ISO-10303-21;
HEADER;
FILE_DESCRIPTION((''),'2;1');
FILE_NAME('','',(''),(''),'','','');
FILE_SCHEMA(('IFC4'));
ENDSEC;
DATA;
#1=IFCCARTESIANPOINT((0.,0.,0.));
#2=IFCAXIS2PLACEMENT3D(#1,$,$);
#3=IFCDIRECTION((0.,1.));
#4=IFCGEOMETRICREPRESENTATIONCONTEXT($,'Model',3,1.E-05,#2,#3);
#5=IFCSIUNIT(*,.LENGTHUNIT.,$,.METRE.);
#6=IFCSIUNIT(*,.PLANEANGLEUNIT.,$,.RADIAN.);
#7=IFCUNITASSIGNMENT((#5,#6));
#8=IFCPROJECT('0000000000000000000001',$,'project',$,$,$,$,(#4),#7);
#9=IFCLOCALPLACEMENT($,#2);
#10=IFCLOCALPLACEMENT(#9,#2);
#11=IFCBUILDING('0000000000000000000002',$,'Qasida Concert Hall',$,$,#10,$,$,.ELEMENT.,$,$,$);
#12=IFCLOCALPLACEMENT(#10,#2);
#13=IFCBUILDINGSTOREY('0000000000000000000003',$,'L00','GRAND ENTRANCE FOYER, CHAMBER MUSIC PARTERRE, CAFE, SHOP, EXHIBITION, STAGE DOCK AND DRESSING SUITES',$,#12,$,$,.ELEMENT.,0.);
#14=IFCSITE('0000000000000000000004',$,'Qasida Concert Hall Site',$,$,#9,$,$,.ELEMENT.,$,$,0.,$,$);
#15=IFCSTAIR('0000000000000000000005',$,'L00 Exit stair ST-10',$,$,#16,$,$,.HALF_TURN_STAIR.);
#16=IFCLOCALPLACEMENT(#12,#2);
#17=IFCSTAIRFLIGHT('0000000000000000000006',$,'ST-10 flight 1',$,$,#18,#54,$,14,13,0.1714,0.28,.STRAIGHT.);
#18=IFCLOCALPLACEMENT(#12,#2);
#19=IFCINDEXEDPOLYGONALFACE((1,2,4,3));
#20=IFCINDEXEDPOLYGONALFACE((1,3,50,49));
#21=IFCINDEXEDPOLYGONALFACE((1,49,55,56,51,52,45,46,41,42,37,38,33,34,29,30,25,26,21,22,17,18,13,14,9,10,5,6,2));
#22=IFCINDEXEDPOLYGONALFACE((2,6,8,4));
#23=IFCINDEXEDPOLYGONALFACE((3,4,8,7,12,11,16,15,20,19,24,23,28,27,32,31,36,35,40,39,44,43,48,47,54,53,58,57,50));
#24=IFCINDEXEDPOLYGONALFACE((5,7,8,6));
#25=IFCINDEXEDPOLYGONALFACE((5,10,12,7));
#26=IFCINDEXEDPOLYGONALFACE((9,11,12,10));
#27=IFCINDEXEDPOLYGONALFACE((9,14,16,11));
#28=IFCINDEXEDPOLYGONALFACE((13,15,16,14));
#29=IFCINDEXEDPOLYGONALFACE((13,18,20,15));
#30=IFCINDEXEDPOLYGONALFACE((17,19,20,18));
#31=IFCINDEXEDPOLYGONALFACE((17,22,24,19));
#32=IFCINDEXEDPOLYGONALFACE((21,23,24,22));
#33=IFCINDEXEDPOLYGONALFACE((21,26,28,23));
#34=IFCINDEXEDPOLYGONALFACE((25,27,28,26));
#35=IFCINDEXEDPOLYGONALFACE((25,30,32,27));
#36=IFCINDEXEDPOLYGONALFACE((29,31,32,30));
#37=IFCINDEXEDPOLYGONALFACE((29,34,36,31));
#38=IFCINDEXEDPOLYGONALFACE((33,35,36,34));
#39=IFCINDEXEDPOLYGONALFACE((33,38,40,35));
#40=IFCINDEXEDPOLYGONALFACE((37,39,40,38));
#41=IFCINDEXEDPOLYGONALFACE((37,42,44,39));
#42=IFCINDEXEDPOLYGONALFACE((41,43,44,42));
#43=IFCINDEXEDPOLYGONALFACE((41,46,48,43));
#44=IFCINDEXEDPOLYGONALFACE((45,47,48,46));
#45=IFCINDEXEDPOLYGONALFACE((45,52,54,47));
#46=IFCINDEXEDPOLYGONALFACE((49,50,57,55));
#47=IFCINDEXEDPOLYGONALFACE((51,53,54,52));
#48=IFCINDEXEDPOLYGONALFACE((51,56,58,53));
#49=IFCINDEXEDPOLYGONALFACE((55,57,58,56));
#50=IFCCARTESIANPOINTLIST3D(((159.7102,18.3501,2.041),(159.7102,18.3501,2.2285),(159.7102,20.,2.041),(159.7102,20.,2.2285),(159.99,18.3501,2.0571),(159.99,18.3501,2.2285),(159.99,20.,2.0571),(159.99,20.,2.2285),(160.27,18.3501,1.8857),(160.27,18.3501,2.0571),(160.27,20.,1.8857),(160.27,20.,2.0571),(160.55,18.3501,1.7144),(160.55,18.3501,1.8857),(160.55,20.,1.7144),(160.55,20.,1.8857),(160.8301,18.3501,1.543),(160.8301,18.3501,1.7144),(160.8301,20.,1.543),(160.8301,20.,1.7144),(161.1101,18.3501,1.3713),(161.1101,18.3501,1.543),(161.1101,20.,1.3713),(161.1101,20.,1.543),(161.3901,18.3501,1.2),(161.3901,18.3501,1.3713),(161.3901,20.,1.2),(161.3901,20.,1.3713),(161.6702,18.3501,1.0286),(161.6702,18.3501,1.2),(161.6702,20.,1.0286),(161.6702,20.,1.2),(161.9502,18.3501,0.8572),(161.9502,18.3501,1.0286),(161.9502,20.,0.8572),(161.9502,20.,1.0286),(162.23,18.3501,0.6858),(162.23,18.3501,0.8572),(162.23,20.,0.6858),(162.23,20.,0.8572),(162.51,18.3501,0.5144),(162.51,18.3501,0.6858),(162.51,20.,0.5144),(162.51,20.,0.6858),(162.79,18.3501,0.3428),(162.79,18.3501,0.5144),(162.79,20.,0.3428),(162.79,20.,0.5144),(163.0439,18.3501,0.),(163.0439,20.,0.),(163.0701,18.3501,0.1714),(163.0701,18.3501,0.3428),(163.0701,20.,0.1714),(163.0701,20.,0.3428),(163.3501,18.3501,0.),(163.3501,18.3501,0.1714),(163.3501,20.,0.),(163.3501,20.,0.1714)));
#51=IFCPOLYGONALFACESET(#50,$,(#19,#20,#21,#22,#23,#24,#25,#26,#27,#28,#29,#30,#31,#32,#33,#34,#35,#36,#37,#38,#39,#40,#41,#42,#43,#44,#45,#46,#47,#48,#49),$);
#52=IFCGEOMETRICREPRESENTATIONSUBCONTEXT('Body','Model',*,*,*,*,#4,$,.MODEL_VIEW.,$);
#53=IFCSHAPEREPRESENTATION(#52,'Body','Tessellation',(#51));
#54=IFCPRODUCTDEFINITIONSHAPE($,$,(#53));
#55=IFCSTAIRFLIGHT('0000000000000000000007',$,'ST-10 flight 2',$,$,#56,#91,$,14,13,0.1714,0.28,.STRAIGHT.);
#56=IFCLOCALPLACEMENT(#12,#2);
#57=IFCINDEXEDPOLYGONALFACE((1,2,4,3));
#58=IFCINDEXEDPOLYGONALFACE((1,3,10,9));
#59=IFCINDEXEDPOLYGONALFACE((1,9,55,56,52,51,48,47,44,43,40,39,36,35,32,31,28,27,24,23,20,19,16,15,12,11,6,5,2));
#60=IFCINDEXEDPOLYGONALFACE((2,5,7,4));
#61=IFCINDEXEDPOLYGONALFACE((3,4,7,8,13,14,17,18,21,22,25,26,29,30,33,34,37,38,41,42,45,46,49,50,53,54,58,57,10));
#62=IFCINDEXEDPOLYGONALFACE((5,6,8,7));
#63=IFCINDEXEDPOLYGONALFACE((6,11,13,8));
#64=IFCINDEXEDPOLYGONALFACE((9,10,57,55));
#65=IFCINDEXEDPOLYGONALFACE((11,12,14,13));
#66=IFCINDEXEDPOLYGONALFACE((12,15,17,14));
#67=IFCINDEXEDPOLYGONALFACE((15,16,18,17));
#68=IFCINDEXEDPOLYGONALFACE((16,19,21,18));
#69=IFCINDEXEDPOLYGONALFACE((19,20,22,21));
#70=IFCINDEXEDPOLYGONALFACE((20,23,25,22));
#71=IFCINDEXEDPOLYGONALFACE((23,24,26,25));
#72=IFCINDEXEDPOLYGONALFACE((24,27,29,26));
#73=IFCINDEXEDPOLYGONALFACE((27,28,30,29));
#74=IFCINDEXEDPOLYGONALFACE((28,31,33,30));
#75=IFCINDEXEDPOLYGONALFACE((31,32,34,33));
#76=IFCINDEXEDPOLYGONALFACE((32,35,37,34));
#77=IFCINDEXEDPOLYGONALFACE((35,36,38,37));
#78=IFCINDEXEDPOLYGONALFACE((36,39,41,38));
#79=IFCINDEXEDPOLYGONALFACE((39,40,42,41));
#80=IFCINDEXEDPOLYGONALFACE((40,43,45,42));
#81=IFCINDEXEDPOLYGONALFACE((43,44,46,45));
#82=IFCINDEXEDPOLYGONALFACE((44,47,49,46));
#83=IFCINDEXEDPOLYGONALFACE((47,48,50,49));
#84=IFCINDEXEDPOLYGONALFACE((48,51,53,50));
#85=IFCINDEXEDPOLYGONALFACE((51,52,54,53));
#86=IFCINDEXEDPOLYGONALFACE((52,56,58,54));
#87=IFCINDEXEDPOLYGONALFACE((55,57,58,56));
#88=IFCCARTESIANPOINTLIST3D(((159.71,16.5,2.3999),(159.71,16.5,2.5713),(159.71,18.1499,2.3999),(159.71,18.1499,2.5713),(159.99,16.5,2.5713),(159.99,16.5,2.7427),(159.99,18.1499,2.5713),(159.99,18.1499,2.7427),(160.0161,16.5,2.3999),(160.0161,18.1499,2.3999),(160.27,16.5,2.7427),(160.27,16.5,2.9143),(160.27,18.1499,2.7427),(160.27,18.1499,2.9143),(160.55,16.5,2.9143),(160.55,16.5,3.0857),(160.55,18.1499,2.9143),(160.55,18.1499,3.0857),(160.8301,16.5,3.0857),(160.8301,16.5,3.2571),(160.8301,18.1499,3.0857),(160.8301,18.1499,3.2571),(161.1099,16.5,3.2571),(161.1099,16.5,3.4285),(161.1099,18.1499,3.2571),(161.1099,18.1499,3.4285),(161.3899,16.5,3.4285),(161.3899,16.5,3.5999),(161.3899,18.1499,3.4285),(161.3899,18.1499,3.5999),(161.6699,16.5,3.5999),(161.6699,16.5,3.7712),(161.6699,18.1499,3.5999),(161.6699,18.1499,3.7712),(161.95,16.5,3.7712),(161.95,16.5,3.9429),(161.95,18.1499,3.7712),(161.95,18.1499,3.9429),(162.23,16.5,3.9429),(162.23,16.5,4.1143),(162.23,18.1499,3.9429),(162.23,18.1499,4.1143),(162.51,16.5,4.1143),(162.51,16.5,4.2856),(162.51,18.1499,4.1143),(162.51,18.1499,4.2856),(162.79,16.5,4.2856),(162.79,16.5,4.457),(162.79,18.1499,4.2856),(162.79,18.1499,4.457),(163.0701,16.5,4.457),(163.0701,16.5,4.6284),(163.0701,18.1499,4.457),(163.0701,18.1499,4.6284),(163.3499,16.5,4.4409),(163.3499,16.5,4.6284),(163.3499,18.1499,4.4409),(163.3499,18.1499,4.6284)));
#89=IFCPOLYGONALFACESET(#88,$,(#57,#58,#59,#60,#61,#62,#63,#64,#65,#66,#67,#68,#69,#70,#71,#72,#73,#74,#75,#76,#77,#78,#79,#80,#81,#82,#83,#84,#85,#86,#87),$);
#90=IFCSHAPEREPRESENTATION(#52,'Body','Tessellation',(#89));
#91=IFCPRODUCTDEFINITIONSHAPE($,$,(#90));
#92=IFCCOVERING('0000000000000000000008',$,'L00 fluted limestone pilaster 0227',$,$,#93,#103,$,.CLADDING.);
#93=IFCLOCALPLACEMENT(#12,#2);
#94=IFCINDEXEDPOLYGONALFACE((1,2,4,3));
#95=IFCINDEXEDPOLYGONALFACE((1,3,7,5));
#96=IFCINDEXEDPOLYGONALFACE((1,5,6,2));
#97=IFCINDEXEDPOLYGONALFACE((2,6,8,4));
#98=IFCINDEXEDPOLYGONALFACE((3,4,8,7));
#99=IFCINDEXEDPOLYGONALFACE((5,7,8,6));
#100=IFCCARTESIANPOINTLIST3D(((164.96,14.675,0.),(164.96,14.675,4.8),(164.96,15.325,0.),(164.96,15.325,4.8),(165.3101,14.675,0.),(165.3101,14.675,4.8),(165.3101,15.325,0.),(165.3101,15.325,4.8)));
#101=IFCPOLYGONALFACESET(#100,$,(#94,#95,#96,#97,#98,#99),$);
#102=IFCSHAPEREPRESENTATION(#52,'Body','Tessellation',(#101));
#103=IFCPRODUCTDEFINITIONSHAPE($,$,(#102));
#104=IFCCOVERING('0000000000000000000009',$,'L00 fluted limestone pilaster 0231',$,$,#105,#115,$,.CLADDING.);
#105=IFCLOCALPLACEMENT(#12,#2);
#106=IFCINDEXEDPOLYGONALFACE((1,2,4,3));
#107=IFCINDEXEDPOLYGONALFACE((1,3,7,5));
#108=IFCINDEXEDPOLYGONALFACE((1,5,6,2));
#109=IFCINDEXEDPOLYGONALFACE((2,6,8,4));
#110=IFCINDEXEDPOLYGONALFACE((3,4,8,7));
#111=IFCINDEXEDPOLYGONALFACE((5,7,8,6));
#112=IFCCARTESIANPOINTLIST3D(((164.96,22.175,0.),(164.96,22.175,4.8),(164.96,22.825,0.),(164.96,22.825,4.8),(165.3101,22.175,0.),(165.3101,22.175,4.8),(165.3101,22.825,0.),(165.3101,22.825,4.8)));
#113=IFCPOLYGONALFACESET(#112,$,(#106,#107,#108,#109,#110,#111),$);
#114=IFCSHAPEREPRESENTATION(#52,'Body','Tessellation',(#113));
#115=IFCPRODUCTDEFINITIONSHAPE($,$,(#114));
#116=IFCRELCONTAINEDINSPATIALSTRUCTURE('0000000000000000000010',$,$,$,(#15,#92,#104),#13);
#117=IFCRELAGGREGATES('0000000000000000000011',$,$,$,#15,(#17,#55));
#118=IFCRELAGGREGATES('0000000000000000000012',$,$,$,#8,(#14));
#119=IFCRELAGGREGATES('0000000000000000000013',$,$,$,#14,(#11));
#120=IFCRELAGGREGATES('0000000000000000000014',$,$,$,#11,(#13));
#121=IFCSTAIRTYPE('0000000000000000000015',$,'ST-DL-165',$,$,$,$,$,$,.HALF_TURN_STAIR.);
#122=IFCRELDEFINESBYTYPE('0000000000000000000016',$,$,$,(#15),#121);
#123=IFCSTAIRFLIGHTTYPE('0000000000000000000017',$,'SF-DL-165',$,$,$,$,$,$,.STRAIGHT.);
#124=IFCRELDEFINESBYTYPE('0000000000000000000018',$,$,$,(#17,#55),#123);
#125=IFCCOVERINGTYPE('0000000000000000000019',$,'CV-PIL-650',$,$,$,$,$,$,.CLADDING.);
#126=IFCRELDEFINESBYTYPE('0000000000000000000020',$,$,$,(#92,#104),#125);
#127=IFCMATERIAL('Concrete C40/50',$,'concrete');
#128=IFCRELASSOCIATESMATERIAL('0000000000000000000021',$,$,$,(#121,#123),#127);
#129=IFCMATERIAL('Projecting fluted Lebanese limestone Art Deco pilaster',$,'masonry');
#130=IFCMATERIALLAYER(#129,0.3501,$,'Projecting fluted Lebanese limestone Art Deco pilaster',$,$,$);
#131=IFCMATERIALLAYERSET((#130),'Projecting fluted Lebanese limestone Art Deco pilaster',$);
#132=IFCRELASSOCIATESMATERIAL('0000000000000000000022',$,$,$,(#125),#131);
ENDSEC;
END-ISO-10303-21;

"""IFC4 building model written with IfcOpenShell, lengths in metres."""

from ifc_helpers import new_model, si_unit, direction, frame, origin, origin_2d, place, context, subcontext, project, spatial, polyline, rectangle, outline, extrude, material, layer, layer_set, type_object, element, aggregate, save


model = new_model("IFC4")

# Units and contexts
model_context = context("Model", 3, precision=1e-05, world=origin(), true_north=direction((0.0, 1.0)))
body_context = subcontext(model_context, "Body", "Model", "MODEL_VIEW")
ifc_project = project(units=[si_unit("LENGTHUNIT", "METRE"), si_unit("PLANEANGLEUNIT", "RADIAN")], contexts=[model_context])

# Site, building, storey
site_placement = place(None, origin())
site = spatial("IfcSite", under=ifc_project, at=site_placement, Name="Qasida Concert Hall Site", CompositionType="ELEMENT", RefElevation=0.0)
building_placement = place(site_placement, origin())
building = spatial("IfcBuilding", under=site, at=building_placement, Name="Qasida Concert Hall", CompositionType="ELEMENT")
storey_placement = place(building_placement, origin())
storey = spatial("IfcBuildingStorey", under=building, at=storey_placement, Name="L00", Description="GRAND ENTRANCE FOYER, CHAMBER MUSIC PARTERRE, CAFE, SHOP, EXHIBITION, STAGE DOCK AND DRESSING SUITES", CompositionType="ELEMENT", Elevation=0.0)

# Shared definitions
ifc_material_1 = material(Name="Concrete C40/50", Category="concrete")

# Stair, stair flights
stair_type = type_object("IfcStairType", Name="ST-DL-165", PredefinedType="HALF_TURN_STAIR", material=ifc_material_1)
stair_placement = place(storey_placement, origin())
stair = element("IfcStair", 1, at=stair_placement, inside=storey, type_object=stair_type, Name="L00 Exit stair ST-10", PredefinedType="HALF_TURN_STAIR")
stair_flight_type = type_object("IfcStairFlightType", Name="SF-DL-165", PredefinedType="STRAIGHT", material=ifc_material_1)
stair_flight_1_placement = place(storey_placement, frame((163.3501, 19.175, 0.0), z_axis=(0.0, 0.0, 1.0), x_axis=(-1.0, 0.0, 0.0)))
stair_flight_1 = element("IfcStairFlight", 2, at=stair_flight_1_placement, type_object=stair_flight_type, Name="ST-10 flight 1", NumberOfRisers=14, NumberOfTreads=13, PredefinedType="STRAIGHT", RiserHeight=0.1714, TreadLength=0.28, context=body_context, shape_type="SweptSolid", body=[
    extrude(outline(polyline([(0.0, 0.0), (0.0, 0.1714), (0.28, 0.1714), (0.28, 0.3428), (0.5601, 0.3428), (0.5601, 0.5144), (0.8401, 0.5144), (0.8401, 0.6858), (1.1201, 0.6858), (1.1201, 0.8572), (1.3999, 0.8572), (1.3999, 1.0286), (1.6799, 1.0286), (1.6799, 1.2), (1.96, 1.2), (1.96, 1.3713), (2.24, 1.3713), (2.24, 1.543), (2.52, 1.543), (2.52, 1.7144), (2.8, 1.7144), (2.8, 1.8857), (3.0801, 1.8857), (3.0801, 2.0571), (3.3601, 2.0571), (3.3601, 2.2285), (3.6399, 2.2285), (3.6399, 2.3999), (3.6399, 2.041), (0.3062, 0.0), (0.0, 0.0)])), frame((0.0, 0.825, 0.0), z_axis=(0.0, -1.0, 0.0), x_axis=(1.0, 0.0, 0.0)), (0.0, 0.0, 1.0), 1.6499),
])
stair_flight_2_placement = place(storey_placement, frame((159.71, 17.325, 2.3999), z_axis=(0.0, 0.0, 1.0), x_axis=(1.0, 0.0, 0.0)))
stair_flight_2 = element("IfcStairFlight", 3, at=stair_flight_2_placement, type_object=stair_flight_type, Name="ST-10 flight 2", NumberOfRisers=14, NumberOfTreads=13, PredefinedType="STRAIGHT", RiserHeight=0.1714, TreadLength=0.28, context=body_context, shape_type="SweptSolid", body=[
    extrude(outline(polyline([(0.0, 0.0), (0.0, 0.1714), (0.28, 0.1714), (0.28, 0.3428), (0.5601, 0.3428), (0.5601, 0.5144), (0.8401, 0.5144), (0.8401, 0.6858), (1.1201, 0.6858), (1.1201, 0.8572), (1.3999, 0.8572), (1.3999, 1.0286), (1.6799, 1.0286), (1.6799, 1.2), (1.96, 1.2), (1.96, 1.3713), (2.24, 1.3713), (2.24, 1.543), (2.52, 1.543), (2.52, 1.7144), (2.8, 1.7144), (2.8, 1.8857), (3.0801, 1.8857), (3.0801, 2.0571), (3.3601, 2.0571), (3.3601, 2.2285), (3.6399, 2.2285), (3.6399, 2.3999), (3.6399, 2.041), (0.3062, 0.0), (0.0, 0.0)])), frame((0.0, 0.825, 0.0), z_axis=(0.0, -1.0, 0.0), x_axis=(1.0, 0.0, 0.0)), (0.0, 0.0, 1.0), 1.6499),
])
aggregate(stair, [stair_flight_1, stair_flight_2])

# Coverings
ifc_material_2 = material(Name="Projecting fluted Lebanese limestone Art Deco pilaster", Category="masonry")
ifc_layer_1 = layer(ifc_material_2, 0.3501, Name="Projecting fluted Lebanese limestone Art Deco pilaster")
ifc_layer_set_1 = layer_set([ifc_layer_1], Name="Projecting fluted Lebanese limestone Art Deco pilaster")
covering_type = type_object("IfcCoveringType", Name="CV-PIL-650", PredefinedType="CLADDING", material=ifc_layer_set_1)
for number, where, z_axis, x_axis, name in (
    (4, (165.135, 15.0, 0.0), (0.0, 0.0, 1.0), (1.0, 0.0, 0.0), "L00 fluted limestone pilaster 0227"),
    (5, (165.135, 22.5, 0.0), (0.0, 0.0, 1.0), (1.0, 0.0, 0.0), "L00 fluted limestone pilaster 0231"),
):
    element("IfcCovering", number, at=place(storey_placement, frame(where, z_axis=z_axis, x_axis=x_axis)), inside=storey, type_object=covering_type, Name=name, PredefinedType="CLADDING", context=body_context, shape_type="SweptSolid", body=[
        extrude(rectangle(XDim=0.3501, YDim=0.6499, at=origin_2d()), origin(), (0.0, 0.0, 1.0), 4.8),
    ])

save(model, "model.ifc")
